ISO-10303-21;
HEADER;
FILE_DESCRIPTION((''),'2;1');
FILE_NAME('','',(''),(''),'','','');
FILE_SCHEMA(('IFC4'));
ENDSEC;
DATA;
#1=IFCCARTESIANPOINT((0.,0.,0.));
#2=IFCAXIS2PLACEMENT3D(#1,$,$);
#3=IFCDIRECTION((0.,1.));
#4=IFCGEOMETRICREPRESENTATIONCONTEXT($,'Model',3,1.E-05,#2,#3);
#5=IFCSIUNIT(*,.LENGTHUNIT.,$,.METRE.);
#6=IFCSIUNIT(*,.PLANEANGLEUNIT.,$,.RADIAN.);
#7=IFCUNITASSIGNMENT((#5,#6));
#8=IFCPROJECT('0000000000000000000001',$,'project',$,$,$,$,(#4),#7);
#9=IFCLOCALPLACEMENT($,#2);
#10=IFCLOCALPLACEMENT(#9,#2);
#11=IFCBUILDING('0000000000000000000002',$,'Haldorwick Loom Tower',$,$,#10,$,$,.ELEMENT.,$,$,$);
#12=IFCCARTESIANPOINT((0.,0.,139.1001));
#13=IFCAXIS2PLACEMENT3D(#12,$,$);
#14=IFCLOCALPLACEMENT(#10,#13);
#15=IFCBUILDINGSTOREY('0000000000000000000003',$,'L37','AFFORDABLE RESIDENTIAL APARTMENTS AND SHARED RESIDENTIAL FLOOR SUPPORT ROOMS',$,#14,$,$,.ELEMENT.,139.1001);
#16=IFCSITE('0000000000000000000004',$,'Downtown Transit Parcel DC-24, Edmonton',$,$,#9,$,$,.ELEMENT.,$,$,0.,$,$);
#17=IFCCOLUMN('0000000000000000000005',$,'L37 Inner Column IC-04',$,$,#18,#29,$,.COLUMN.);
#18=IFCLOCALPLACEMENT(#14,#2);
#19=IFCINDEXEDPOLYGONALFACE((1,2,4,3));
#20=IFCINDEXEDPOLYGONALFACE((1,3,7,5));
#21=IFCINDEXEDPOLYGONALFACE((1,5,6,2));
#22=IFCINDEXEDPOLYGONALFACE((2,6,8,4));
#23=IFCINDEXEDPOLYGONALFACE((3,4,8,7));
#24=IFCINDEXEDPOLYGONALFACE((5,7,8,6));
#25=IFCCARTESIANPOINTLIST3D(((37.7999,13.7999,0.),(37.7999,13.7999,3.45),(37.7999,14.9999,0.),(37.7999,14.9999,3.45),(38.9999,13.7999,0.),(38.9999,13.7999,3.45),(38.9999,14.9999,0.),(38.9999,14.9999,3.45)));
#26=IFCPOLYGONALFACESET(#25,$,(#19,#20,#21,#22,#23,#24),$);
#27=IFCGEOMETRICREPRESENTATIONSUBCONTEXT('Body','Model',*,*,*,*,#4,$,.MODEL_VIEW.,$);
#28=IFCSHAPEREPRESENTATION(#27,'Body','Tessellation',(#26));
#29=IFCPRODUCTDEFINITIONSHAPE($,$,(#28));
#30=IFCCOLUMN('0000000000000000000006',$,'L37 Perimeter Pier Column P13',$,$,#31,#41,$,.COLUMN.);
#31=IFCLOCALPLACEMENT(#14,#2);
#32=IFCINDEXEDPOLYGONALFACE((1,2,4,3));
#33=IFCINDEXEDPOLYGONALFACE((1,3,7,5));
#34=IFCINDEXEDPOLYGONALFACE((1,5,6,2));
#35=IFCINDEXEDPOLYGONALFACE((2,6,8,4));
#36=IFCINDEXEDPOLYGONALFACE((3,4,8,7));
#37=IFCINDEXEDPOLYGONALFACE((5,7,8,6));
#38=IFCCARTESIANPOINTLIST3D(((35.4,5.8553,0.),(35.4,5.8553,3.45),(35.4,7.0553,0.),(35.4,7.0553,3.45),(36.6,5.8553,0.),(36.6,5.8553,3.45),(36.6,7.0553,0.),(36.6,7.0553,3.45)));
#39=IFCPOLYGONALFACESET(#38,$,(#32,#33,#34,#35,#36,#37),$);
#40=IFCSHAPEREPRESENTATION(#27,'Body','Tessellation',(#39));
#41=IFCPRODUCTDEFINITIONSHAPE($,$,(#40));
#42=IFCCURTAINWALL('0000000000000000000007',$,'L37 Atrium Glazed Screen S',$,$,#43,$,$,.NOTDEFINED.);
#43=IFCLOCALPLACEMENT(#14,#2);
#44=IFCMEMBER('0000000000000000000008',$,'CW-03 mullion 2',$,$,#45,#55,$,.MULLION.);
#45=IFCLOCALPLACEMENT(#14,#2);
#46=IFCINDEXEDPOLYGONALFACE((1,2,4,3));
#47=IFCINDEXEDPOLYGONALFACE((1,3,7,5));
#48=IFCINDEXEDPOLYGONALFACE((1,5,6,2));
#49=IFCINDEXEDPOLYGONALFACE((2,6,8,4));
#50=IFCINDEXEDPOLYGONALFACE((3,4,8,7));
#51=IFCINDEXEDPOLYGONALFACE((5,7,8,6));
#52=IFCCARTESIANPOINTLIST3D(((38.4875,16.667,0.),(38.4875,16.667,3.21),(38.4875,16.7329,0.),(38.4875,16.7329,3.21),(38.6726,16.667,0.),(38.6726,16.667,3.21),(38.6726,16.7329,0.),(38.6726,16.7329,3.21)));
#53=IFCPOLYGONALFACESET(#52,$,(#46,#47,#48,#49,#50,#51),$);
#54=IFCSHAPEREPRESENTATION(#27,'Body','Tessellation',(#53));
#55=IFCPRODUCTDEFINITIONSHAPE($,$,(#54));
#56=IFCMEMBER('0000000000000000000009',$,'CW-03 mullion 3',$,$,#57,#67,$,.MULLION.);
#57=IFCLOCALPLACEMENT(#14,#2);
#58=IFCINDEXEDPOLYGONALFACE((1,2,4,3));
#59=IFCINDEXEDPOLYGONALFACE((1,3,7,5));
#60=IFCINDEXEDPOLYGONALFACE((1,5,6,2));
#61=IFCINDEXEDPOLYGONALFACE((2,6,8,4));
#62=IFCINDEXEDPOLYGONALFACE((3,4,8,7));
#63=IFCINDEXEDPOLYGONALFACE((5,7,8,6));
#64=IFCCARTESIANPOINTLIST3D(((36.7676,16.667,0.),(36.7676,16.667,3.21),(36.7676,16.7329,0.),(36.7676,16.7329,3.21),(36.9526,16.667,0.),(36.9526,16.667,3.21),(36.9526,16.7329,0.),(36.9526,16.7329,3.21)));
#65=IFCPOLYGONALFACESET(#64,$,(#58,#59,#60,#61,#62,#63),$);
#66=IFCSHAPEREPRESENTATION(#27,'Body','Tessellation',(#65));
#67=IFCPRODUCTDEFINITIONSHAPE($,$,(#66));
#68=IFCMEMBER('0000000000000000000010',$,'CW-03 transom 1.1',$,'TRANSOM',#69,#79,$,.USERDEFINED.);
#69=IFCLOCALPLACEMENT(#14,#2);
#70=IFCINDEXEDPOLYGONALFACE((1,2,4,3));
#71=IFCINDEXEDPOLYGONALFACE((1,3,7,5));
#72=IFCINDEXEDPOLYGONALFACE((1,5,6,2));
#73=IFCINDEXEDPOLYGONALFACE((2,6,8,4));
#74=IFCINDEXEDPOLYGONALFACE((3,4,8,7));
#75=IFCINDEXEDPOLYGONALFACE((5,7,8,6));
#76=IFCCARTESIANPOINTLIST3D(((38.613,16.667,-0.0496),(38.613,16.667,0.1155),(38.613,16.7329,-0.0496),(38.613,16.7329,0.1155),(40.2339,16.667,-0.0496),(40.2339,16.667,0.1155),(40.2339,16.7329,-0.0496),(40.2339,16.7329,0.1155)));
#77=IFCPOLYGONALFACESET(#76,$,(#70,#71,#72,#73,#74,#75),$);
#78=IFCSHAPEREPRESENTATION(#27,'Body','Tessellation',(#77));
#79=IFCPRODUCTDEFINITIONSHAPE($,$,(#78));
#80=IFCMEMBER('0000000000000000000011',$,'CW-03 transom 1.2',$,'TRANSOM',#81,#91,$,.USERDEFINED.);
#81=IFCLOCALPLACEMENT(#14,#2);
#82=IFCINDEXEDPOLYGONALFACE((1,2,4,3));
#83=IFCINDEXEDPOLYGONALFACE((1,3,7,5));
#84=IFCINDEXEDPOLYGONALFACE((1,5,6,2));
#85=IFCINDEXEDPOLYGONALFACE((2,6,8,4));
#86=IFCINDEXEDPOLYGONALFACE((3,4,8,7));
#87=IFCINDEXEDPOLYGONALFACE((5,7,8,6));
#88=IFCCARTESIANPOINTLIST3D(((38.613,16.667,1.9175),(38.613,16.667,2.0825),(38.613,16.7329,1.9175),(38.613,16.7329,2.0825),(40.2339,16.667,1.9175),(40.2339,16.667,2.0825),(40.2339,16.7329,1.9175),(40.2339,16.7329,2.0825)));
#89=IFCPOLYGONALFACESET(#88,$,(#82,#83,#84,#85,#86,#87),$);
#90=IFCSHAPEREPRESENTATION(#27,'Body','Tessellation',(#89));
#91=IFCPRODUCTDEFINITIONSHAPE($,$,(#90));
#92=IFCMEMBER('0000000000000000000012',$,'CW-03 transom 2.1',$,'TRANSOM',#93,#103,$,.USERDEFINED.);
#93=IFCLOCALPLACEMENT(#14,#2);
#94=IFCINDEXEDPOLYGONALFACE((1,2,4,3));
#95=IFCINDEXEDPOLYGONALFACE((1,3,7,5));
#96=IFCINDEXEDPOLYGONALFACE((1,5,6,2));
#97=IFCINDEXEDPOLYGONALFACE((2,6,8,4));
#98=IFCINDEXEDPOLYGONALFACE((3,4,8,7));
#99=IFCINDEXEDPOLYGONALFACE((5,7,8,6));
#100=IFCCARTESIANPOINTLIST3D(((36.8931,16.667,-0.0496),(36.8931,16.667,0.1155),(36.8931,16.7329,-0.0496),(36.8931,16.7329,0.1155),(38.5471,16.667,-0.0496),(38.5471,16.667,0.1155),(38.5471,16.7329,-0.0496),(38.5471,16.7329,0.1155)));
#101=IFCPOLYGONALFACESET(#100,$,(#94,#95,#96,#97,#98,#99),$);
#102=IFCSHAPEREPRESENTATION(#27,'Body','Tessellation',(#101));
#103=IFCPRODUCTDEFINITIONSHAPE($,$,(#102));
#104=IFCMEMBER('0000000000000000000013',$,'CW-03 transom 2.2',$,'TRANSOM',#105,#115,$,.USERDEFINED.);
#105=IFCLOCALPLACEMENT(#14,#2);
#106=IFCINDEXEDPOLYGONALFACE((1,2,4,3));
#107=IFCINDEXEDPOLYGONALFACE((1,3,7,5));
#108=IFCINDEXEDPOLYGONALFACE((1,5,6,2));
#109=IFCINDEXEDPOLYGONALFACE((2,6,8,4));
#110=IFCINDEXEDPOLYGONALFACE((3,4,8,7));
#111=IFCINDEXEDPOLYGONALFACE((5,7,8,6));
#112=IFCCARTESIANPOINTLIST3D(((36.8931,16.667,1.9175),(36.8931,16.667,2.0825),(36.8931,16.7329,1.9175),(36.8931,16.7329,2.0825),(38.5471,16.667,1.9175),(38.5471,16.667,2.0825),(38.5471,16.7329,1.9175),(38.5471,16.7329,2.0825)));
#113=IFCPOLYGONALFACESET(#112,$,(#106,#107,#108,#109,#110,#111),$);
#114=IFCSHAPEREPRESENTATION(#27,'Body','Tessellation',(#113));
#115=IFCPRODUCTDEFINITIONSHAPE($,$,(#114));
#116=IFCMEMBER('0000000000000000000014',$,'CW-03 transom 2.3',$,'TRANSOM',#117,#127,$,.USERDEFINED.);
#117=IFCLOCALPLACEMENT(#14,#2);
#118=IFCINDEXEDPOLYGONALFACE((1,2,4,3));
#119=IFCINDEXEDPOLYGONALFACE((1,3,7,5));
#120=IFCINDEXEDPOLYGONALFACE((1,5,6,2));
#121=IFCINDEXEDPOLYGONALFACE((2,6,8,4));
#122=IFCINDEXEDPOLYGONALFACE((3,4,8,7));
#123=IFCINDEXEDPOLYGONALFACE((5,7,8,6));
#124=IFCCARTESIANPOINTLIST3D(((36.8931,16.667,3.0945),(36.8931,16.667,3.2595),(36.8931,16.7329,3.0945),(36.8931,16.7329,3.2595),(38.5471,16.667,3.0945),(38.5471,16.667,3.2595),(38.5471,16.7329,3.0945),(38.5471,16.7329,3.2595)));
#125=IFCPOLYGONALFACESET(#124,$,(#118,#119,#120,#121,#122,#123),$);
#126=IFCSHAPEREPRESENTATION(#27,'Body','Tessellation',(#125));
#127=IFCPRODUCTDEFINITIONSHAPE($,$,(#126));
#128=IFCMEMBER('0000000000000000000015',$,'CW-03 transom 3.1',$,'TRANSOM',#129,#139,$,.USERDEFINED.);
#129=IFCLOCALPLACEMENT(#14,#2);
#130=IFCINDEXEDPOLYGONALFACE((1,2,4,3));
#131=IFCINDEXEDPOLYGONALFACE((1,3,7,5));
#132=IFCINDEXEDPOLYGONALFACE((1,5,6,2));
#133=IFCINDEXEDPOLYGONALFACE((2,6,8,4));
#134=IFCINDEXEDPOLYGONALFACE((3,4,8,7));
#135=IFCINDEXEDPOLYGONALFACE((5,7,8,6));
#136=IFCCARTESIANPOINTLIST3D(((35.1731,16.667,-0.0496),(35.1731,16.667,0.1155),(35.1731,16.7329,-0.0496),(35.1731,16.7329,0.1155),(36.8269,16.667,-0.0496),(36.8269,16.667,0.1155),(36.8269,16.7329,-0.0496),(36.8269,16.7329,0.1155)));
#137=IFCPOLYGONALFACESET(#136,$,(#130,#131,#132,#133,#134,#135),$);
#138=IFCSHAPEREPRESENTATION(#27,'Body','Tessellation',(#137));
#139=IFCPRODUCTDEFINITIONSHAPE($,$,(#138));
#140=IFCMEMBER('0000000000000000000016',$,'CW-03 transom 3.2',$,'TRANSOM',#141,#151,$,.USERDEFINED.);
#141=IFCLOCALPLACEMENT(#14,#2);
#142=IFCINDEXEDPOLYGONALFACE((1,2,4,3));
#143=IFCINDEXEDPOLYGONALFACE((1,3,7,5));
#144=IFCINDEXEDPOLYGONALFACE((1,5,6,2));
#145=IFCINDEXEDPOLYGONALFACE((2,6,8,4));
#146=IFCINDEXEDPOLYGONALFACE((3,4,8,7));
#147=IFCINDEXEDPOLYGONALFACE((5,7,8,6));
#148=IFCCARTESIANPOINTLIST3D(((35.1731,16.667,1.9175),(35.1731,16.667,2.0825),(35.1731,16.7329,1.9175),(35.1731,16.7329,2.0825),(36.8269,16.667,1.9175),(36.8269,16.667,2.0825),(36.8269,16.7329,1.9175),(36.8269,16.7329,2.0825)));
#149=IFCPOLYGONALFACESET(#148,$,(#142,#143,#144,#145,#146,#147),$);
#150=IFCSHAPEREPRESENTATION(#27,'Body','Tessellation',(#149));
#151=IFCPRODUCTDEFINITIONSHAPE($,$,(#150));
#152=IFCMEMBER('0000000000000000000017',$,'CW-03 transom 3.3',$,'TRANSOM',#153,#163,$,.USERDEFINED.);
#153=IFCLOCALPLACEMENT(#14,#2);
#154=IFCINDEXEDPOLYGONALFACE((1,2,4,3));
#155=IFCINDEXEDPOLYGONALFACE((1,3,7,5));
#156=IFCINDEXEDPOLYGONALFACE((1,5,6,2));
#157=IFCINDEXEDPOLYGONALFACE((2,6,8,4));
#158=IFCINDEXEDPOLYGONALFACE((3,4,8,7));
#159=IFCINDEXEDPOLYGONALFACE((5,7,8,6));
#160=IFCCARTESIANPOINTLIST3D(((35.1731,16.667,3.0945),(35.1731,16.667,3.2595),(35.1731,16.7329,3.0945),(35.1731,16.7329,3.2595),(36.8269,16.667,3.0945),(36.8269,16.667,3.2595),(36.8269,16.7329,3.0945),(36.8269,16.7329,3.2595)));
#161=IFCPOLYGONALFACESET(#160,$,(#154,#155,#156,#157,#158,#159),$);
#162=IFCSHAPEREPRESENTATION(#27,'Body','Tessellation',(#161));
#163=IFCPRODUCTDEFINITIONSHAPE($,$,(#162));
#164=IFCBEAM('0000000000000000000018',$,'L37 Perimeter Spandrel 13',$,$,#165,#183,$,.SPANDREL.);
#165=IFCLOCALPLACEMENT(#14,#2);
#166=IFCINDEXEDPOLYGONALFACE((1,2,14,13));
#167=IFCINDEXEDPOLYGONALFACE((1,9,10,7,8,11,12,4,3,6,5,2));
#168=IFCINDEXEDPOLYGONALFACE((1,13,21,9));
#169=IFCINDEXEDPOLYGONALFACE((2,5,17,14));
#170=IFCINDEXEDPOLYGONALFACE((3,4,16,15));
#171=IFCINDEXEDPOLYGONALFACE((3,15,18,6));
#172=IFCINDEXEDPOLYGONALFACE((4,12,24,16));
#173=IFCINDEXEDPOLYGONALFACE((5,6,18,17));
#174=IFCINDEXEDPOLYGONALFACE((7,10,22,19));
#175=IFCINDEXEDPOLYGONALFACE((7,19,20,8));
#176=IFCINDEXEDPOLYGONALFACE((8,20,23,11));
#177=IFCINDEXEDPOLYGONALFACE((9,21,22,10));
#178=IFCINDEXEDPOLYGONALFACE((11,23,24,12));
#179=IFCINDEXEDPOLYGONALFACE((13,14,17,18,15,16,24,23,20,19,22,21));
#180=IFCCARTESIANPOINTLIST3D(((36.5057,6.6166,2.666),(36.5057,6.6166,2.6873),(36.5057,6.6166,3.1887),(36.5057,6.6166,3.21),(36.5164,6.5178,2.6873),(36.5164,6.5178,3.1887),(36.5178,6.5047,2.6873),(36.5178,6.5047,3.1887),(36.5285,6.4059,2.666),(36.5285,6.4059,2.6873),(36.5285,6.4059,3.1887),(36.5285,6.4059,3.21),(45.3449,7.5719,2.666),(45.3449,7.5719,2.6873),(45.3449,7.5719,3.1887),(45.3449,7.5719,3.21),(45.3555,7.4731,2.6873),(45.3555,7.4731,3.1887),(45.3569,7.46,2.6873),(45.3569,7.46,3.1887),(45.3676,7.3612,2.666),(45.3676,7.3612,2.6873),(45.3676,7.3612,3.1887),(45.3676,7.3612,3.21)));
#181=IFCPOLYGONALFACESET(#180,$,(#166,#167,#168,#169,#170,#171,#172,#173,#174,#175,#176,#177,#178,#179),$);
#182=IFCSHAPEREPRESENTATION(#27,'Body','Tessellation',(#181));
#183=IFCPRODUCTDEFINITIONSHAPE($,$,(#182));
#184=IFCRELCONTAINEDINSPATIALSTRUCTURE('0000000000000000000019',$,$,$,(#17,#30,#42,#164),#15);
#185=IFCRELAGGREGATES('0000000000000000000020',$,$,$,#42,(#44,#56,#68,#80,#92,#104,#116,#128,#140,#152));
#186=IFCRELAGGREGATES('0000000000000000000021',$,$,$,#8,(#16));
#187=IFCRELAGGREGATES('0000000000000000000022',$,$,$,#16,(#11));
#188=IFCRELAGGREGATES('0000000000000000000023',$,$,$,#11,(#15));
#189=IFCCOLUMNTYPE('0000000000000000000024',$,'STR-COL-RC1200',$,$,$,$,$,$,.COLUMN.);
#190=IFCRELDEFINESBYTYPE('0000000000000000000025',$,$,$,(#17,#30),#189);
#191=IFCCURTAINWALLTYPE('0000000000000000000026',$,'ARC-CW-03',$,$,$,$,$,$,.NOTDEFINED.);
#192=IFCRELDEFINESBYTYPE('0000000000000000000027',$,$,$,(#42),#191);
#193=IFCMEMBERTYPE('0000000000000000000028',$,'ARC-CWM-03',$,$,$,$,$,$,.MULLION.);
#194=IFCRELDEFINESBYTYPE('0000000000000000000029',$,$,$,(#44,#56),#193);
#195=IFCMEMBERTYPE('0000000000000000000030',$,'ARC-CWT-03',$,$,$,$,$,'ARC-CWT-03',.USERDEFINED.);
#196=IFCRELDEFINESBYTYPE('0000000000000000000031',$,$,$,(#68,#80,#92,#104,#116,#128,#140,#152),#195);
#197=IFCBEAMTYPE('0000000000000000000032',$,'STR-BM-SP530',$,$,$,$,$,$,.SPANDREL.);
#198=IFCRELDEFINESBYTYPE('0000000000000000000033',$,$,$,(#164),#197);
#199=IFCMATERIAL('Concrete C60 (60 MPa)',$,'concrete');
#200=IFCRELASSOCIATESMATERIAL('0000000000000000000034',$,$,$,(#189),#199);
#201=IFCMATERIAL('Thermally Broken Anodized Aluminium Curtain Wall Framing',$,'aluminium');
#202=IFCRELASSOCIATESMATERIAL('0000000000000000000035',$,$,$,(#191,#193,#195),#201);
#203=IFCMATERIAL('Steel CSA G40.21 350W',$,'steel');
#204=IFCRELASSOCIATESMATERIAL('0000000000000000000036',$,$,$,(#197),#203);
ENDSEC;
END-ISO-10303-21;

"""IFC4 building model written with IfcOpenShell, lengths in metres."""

from ifc_helpers import new_model, si_unit, direction, frame, origin, origin_2d, place, context, subcontext, project, spatial, rectangle, i_section, extrude, material, material_profile, profile_set, type_object, element, aggregate, save


model = new_model("IFC4")

# Units and contexts
model_context = context("Model", 3, precision=1e-05, world=origin(), true_north=direction((0.0, 1.0)))
body_context = subcontext(model_context, "Body", "Model", "MODEL_VIEW")
ifc_project = project(units=[si_unit("LENGTHUNIT", "METRE"), si_unit("PLANEANGLEUNIT", "RADIAN")], contexts=[model_context])

# Site, building, storey
site_placement = place(None, origin())
site = spatial("IfcSite", under=ifc_project, at=site_placement, Name="Downtown Transit Parcel DC-24, Edmonton", CompositionType="ELEMENT", RefElevation=0.0)
building_placement = place(site_placement, origin())
building = spatial("IfcBuilding", under=site, at=building_placement, Name="Haldorwick Loom Tower", CompositionType="ELEMENT")
storey_placement = place(building_placement, frame((0.0, 0.0, 139.1001)))
storey = spatial("IfcBuildingStorey", under=building, at=storey_placement, Name="L37", Description="AFFORDABLE RESIDENTIAL APARTMENTS AND SHARED RESIDENTIAL FLOOR SUPPORT ROOMS", CompositionType="ELEMENT", Elevation=139.1001)

# Columns
ifc_material_1 = material(Name="Concrete C60 (60 MPa)", Category="concrete")
ifc_material_profile_1 = material_profile(ifc_material_1, rectangle(XDim=1.2, YDim=1.2, at=origin_2d()), Name="RC1200X1200", Category="concrete")
ifc_profile_set_1 = profile_set([ifc_material_profile_1], Name="Concrete C60 (60 MPa)")
column_type = type_object("IfcColumnType", Name="STR-COL-RC1200", PredefinedType="COLUMN", material=ifc_profile_set_1)
for number, where, z_axis, x_axis, name in (
    (1, (38.3999, 14.3999, 0.0), (0.0, 0.0, 1.0), (1.0, 0.0, 0.0), "L37 Inner Column IC-04"),
    (2, (36.0, 6.4553, 0.0), (0.0, 0.0, 1.0), (0.0, -1.0, 0.0), "L37 Perimeter Pier Column P13"),
):
    element("IfcColumn", number, at=place(storey_placement, frame(where, z_axis=z_axis, x_axis=x_axis)), inside=storey, type_object=column_type, Name=name, PredefinedType="COLUMN", context=body_context, shape_type="SweptSolid", body=[
        extrude(rectangle(XDim=1.2, YDim=1.2, at=origin_2d()), origin(), (0.0, 0.0, 1.0), 3.45),
    ])

# Curtain wall, members
ifc_material_2 = material(Name="Thermally Broken Anodized Aluminium Curtain Wall Framing", Category="aluminium")
curtain_wall_type = type_object("IfcCurtainWallType", Name="ARC-CW-03", PredefinedType="NOTDEFINED", material=ifc_material_2)
curtain_wall_placement = place(storey_placement, origin())
curtain_wall = element("IfcCurtainWall", 3, at=curtain_wall_placement, inside=storey, type_object=curtain_wall_type, Name="L37 Atrium Glazed Screen S", PredefinedType="NOTDEFINED")
ifc_material_profile_2 = material_profile(ifc_material_2, rectangle(XDim=0.0659, YDim=0.1851, at=origin_2d()), Name="ALU_MUL_66X185", Category="aluminium")
ifc_profile_set_2 = profile_set([ifc_material_profile_2], Name="Thermally Broken Anodized Aluminium Curtain Wall Framing")
member_type_1 = type_object("IfcMemberType", Name="ARC-CWM-03", PredefinedType="MULLION", material=ifc_profile_set_2)
member_1_placement = place(storey_placement, frame((38.5801, 16.7, 0.0), z_axis=(0.0, 0.0, 1.0), x_axis=(0.0, -1.0, 0.0)))
member_1 = element("IfcMember", 4, at=member_1_placement, type_object=member_type_1, Name="CW-03 mullion 2", PredefinedType="MULLION", context=body_context, shape_type="SweptSolid", body=[
    extrude(rectangle(XDim=0.0659, YDim=0.1851, at=origin_2d()), origin(), (0.0, 0.0, 1.0), 3.21),
])
member_2_placement = place(storey_placement, frame((36.8601, 16.7, 0.0), z_axis=(0.0, 0.0, 1.0), x_axis=(0.0, -1.0, 0.0)))
member_2 = element("IfcMember", 5, at=member_2_placement, type_object=member_type_1, Name="CW-03 mullion 3", PredefinedType="MULLION", context=body_context, shape_type="SweptSolid", body=[
    extrude(rectangle(XDim=0.0659, YDim=0.1851, at=origin_2d()), origin(), (0.0, 0.0, 1.0), 3.21),
])
ifc_material_profile_3 = material_profile(ifc_material_2, rectangle(XDim=0.0659, YDim=0.165, at=origin_2d()), Name="ALU_TRN_66X165", Category="aluminium")
ifc_profile_set_3 = profile_set([ifc_material_profile_3], Name="Thermally Broken Anodized Aluminium Curtain Wall Framing")
member_type_2 = type_object("IfcMemberType", Name="ARC-CWT-03", ElementType="ARC-CWT-03", PredefinedType="USERDEFINED", material=ifc_profile_set_3)
member_3_placement = place(storey_placement, frame((40.2339, 16.7, 0.033), z_axis=(-1.0, 0.0, 0.0), x_axis=(0.0, -1.0, 0.0)))
member_3 = element("IfcMember", 6, at=member_3_placement, type_object=member_type_2, Name="CW-03 transom 1.1", ObjectType="TRANSOM", PredefinedType="USERDEFINED", context=body_context, shape_type="SweptSolid", body=[
    extrude(rectangle(XDim=0.0659, YDim=0.165, at=origin_2d()), origin(), (0.0, 0.0, 1.0), 1.6208),
])
member_4_placement = place(storey_placement, frame((40.2339, 16.7, 2.0), z_axis=(-1.0, 0.0, 0.0), x_axis=(0.0, -1.0, 0.0)))
member_4 = element("IfcMember", 7, at=member_4_placement, type_object=member_type_2, Name="CW-03 transom 1.2", ObjectType="TRANSOM", PredefinedType="USERDEFINED", context=body_context, shape_type="SweptSolid", body=[
    extrude(rectangle(XDim=0.0659, YDim=0.165, at=origin_2d()), origin(), (0.0, 0.0, 1.0), 1.6208),
])
member_5_placement = place(storey_placement, frame((38.5471, 16.7, 0.033), z_axis=(-1.0, 0.0, 0.0), x_axis=(0.0, -1.0, 0.0)))
member_5 = element("IfcMember", 8, at=member_5_placement, type_object=member_type_2, Name="CW-03 transom 2.1", ObjectType="TRANSOM", PredefinedType="USERDEFINED", context=body_context, shape_type="SweptSolid", body=[
    extrude(rectangle(XDim=0.0659, YDim=0.165, at=origin_2d()), origin(), (0.0, 0.0, 1.0), 1.6541),
])
member_6_placement = place(storey_placement, frame((38.5471, 16.7, 2.0), z_axis=(-1.0, 0.0, 0.0), x_axis=(0.0, -1.0, 0.0)))
member_6 = element("IfcMember", 9, at=member_6_placement, type_object=member_type_2, Name="CW-03 transom 2.2", ObjectType="TRANSOM", PredefinedType="USERDEFINED", context=body_context, shape_type="SweptSolid", body=[
    extrude(rectangle(XDim=0.0659, YDim=0.165, at=origin_2d()), origin(), (0.0, 0.0, 1.0), 1.6541),
])
member_7_placement = place(storey_placement, frame((38.5471, 16.7, 3.177), z_axis=(-1.0, 0.0, 0.0), x_axis=(0.0, -1.0, 0.0)))
member_7 = element("IfcMember", 10, at=member_7_placement, type_object=member_type_2, Name="CW-03 transom 2.3", ObjectType="TRANSOM", PredefinedType="USERDEFINED", context=body_context, shape_type="SweptSolid", body=[
    extrude(rectangle(XDim=0.0659, YDim=0.165, at=origin_2d()), origin(), (0.0, 0.0, 1.0), 1.6541),
])
member_8_placement = place(storey_placement, frame((36.8269, 16.7, 0.033), z_axis=(-1.0, 0.0, 0.0), x_axis=(0.0, -1.0, 0.0)))
member_8 = element("IfcMember", 11, at=member_8_placement, type_object=member_type_2, Name="CW-03 transom 3.1", ObjectType="TRANSOM", PredefinedType="USERDEFINED", context=body_context, shape_type="SweptSolid", body=[
    extrude(rectangle(XDim=0.0659, YDim=0.165, at=origin_2d()), origin(), (0.0, 0.0, 1.0), 1.6538),
])
member_9_placement = place(storey_placement, frame((36.8269, 16.7, 2.0), z_axis=(-1.0, 0.0, 0.0), x_axis=(0.0, -1.0, 0.0)))
member_9 = element("IfcMember", 12, at=member_9_placement, type_object=member_type_2, Name="CW-03 transom 3.2", ObjectType="TRANSOM", PredefinedType="USERDEFINED", context=body_context, shape_type="SweptSolid", body=[
    extrude(rectangle(XDim=0.0659, YDim=0.165, at=origin_2d()), origin(), (0.0, 0.0, 1.0), 1.6538),
])
member_10_placement = place(storey_placement, frame((36.8269, 16.7, 3.177), z_axis=(-1.0, 0.0, 0.0), x_axis=(0.0, -1.0, 0.0)))
member_10 = element("IfcMember", 13, at=member_10_placement, type_object=member_type_2, Name="CW-03 transom 3.3", ObjectType="TRANSOM", PredefinedType="USERDEFINED", context=body_context, shape_type="SweptSolid", body=[
    extrude(rectangle(XDim=0.0659, YDim=0.165, at=origin_2d()), origin(), (0.0, 0.0, 1.0), 1.6538),
])

# Beam
ifc_material_3 = material(Name="Steel CSA G40.21 350W", Category="steel")
ifc_material_profile_4 = material_profile(ifc_material_3, i_section(OverallWidth=0.2119, OverallDepth=0.5439, WebThickness=0.0132, FlangeThickness=0.0212, at=origin_2d()), Name="W530X123", Category="steel")
ifc_profile_set_4 = profile_set([ifc_material_profile_4], Name="Steel CSA G40.21 350W")
beam_type_1 = type_object("IfcBeamType", Name="STR-BM-SP530", PredefinedType="SPANDREL", material=ifc_profile_set_4)
beam_1_placement = place(storey_placement, frame((36.5171, 6.5112, 2.938), z_axis=(0.99421, 0.107453, 0.0), x_axis=(-0.107453, 0.99421, 0.0)))
element("IfcBeam", 14, at=beam_1_placement, inside=storey, type_object=beam_type_1, Name="L37 Perimeter Spandrel 13", PredefinedType="SPANDREL", context=body_context, shape_type="SweptSolid", body=[
    extrude(i_section(OverallWidth=0.2119, OverallDepth=0.5439, WebThickness=0.0132, FlangeThickness=0.0212, at=origin_2d()), origin(), (0.0, 0.0, 1.0), 8.8906),
])

aggregate(curtain_wall, [member_1, member_2, member_3, member_4, member_5, member_6, member_7, member_8, member_9, member_10])

save(model, "model.ifc")
